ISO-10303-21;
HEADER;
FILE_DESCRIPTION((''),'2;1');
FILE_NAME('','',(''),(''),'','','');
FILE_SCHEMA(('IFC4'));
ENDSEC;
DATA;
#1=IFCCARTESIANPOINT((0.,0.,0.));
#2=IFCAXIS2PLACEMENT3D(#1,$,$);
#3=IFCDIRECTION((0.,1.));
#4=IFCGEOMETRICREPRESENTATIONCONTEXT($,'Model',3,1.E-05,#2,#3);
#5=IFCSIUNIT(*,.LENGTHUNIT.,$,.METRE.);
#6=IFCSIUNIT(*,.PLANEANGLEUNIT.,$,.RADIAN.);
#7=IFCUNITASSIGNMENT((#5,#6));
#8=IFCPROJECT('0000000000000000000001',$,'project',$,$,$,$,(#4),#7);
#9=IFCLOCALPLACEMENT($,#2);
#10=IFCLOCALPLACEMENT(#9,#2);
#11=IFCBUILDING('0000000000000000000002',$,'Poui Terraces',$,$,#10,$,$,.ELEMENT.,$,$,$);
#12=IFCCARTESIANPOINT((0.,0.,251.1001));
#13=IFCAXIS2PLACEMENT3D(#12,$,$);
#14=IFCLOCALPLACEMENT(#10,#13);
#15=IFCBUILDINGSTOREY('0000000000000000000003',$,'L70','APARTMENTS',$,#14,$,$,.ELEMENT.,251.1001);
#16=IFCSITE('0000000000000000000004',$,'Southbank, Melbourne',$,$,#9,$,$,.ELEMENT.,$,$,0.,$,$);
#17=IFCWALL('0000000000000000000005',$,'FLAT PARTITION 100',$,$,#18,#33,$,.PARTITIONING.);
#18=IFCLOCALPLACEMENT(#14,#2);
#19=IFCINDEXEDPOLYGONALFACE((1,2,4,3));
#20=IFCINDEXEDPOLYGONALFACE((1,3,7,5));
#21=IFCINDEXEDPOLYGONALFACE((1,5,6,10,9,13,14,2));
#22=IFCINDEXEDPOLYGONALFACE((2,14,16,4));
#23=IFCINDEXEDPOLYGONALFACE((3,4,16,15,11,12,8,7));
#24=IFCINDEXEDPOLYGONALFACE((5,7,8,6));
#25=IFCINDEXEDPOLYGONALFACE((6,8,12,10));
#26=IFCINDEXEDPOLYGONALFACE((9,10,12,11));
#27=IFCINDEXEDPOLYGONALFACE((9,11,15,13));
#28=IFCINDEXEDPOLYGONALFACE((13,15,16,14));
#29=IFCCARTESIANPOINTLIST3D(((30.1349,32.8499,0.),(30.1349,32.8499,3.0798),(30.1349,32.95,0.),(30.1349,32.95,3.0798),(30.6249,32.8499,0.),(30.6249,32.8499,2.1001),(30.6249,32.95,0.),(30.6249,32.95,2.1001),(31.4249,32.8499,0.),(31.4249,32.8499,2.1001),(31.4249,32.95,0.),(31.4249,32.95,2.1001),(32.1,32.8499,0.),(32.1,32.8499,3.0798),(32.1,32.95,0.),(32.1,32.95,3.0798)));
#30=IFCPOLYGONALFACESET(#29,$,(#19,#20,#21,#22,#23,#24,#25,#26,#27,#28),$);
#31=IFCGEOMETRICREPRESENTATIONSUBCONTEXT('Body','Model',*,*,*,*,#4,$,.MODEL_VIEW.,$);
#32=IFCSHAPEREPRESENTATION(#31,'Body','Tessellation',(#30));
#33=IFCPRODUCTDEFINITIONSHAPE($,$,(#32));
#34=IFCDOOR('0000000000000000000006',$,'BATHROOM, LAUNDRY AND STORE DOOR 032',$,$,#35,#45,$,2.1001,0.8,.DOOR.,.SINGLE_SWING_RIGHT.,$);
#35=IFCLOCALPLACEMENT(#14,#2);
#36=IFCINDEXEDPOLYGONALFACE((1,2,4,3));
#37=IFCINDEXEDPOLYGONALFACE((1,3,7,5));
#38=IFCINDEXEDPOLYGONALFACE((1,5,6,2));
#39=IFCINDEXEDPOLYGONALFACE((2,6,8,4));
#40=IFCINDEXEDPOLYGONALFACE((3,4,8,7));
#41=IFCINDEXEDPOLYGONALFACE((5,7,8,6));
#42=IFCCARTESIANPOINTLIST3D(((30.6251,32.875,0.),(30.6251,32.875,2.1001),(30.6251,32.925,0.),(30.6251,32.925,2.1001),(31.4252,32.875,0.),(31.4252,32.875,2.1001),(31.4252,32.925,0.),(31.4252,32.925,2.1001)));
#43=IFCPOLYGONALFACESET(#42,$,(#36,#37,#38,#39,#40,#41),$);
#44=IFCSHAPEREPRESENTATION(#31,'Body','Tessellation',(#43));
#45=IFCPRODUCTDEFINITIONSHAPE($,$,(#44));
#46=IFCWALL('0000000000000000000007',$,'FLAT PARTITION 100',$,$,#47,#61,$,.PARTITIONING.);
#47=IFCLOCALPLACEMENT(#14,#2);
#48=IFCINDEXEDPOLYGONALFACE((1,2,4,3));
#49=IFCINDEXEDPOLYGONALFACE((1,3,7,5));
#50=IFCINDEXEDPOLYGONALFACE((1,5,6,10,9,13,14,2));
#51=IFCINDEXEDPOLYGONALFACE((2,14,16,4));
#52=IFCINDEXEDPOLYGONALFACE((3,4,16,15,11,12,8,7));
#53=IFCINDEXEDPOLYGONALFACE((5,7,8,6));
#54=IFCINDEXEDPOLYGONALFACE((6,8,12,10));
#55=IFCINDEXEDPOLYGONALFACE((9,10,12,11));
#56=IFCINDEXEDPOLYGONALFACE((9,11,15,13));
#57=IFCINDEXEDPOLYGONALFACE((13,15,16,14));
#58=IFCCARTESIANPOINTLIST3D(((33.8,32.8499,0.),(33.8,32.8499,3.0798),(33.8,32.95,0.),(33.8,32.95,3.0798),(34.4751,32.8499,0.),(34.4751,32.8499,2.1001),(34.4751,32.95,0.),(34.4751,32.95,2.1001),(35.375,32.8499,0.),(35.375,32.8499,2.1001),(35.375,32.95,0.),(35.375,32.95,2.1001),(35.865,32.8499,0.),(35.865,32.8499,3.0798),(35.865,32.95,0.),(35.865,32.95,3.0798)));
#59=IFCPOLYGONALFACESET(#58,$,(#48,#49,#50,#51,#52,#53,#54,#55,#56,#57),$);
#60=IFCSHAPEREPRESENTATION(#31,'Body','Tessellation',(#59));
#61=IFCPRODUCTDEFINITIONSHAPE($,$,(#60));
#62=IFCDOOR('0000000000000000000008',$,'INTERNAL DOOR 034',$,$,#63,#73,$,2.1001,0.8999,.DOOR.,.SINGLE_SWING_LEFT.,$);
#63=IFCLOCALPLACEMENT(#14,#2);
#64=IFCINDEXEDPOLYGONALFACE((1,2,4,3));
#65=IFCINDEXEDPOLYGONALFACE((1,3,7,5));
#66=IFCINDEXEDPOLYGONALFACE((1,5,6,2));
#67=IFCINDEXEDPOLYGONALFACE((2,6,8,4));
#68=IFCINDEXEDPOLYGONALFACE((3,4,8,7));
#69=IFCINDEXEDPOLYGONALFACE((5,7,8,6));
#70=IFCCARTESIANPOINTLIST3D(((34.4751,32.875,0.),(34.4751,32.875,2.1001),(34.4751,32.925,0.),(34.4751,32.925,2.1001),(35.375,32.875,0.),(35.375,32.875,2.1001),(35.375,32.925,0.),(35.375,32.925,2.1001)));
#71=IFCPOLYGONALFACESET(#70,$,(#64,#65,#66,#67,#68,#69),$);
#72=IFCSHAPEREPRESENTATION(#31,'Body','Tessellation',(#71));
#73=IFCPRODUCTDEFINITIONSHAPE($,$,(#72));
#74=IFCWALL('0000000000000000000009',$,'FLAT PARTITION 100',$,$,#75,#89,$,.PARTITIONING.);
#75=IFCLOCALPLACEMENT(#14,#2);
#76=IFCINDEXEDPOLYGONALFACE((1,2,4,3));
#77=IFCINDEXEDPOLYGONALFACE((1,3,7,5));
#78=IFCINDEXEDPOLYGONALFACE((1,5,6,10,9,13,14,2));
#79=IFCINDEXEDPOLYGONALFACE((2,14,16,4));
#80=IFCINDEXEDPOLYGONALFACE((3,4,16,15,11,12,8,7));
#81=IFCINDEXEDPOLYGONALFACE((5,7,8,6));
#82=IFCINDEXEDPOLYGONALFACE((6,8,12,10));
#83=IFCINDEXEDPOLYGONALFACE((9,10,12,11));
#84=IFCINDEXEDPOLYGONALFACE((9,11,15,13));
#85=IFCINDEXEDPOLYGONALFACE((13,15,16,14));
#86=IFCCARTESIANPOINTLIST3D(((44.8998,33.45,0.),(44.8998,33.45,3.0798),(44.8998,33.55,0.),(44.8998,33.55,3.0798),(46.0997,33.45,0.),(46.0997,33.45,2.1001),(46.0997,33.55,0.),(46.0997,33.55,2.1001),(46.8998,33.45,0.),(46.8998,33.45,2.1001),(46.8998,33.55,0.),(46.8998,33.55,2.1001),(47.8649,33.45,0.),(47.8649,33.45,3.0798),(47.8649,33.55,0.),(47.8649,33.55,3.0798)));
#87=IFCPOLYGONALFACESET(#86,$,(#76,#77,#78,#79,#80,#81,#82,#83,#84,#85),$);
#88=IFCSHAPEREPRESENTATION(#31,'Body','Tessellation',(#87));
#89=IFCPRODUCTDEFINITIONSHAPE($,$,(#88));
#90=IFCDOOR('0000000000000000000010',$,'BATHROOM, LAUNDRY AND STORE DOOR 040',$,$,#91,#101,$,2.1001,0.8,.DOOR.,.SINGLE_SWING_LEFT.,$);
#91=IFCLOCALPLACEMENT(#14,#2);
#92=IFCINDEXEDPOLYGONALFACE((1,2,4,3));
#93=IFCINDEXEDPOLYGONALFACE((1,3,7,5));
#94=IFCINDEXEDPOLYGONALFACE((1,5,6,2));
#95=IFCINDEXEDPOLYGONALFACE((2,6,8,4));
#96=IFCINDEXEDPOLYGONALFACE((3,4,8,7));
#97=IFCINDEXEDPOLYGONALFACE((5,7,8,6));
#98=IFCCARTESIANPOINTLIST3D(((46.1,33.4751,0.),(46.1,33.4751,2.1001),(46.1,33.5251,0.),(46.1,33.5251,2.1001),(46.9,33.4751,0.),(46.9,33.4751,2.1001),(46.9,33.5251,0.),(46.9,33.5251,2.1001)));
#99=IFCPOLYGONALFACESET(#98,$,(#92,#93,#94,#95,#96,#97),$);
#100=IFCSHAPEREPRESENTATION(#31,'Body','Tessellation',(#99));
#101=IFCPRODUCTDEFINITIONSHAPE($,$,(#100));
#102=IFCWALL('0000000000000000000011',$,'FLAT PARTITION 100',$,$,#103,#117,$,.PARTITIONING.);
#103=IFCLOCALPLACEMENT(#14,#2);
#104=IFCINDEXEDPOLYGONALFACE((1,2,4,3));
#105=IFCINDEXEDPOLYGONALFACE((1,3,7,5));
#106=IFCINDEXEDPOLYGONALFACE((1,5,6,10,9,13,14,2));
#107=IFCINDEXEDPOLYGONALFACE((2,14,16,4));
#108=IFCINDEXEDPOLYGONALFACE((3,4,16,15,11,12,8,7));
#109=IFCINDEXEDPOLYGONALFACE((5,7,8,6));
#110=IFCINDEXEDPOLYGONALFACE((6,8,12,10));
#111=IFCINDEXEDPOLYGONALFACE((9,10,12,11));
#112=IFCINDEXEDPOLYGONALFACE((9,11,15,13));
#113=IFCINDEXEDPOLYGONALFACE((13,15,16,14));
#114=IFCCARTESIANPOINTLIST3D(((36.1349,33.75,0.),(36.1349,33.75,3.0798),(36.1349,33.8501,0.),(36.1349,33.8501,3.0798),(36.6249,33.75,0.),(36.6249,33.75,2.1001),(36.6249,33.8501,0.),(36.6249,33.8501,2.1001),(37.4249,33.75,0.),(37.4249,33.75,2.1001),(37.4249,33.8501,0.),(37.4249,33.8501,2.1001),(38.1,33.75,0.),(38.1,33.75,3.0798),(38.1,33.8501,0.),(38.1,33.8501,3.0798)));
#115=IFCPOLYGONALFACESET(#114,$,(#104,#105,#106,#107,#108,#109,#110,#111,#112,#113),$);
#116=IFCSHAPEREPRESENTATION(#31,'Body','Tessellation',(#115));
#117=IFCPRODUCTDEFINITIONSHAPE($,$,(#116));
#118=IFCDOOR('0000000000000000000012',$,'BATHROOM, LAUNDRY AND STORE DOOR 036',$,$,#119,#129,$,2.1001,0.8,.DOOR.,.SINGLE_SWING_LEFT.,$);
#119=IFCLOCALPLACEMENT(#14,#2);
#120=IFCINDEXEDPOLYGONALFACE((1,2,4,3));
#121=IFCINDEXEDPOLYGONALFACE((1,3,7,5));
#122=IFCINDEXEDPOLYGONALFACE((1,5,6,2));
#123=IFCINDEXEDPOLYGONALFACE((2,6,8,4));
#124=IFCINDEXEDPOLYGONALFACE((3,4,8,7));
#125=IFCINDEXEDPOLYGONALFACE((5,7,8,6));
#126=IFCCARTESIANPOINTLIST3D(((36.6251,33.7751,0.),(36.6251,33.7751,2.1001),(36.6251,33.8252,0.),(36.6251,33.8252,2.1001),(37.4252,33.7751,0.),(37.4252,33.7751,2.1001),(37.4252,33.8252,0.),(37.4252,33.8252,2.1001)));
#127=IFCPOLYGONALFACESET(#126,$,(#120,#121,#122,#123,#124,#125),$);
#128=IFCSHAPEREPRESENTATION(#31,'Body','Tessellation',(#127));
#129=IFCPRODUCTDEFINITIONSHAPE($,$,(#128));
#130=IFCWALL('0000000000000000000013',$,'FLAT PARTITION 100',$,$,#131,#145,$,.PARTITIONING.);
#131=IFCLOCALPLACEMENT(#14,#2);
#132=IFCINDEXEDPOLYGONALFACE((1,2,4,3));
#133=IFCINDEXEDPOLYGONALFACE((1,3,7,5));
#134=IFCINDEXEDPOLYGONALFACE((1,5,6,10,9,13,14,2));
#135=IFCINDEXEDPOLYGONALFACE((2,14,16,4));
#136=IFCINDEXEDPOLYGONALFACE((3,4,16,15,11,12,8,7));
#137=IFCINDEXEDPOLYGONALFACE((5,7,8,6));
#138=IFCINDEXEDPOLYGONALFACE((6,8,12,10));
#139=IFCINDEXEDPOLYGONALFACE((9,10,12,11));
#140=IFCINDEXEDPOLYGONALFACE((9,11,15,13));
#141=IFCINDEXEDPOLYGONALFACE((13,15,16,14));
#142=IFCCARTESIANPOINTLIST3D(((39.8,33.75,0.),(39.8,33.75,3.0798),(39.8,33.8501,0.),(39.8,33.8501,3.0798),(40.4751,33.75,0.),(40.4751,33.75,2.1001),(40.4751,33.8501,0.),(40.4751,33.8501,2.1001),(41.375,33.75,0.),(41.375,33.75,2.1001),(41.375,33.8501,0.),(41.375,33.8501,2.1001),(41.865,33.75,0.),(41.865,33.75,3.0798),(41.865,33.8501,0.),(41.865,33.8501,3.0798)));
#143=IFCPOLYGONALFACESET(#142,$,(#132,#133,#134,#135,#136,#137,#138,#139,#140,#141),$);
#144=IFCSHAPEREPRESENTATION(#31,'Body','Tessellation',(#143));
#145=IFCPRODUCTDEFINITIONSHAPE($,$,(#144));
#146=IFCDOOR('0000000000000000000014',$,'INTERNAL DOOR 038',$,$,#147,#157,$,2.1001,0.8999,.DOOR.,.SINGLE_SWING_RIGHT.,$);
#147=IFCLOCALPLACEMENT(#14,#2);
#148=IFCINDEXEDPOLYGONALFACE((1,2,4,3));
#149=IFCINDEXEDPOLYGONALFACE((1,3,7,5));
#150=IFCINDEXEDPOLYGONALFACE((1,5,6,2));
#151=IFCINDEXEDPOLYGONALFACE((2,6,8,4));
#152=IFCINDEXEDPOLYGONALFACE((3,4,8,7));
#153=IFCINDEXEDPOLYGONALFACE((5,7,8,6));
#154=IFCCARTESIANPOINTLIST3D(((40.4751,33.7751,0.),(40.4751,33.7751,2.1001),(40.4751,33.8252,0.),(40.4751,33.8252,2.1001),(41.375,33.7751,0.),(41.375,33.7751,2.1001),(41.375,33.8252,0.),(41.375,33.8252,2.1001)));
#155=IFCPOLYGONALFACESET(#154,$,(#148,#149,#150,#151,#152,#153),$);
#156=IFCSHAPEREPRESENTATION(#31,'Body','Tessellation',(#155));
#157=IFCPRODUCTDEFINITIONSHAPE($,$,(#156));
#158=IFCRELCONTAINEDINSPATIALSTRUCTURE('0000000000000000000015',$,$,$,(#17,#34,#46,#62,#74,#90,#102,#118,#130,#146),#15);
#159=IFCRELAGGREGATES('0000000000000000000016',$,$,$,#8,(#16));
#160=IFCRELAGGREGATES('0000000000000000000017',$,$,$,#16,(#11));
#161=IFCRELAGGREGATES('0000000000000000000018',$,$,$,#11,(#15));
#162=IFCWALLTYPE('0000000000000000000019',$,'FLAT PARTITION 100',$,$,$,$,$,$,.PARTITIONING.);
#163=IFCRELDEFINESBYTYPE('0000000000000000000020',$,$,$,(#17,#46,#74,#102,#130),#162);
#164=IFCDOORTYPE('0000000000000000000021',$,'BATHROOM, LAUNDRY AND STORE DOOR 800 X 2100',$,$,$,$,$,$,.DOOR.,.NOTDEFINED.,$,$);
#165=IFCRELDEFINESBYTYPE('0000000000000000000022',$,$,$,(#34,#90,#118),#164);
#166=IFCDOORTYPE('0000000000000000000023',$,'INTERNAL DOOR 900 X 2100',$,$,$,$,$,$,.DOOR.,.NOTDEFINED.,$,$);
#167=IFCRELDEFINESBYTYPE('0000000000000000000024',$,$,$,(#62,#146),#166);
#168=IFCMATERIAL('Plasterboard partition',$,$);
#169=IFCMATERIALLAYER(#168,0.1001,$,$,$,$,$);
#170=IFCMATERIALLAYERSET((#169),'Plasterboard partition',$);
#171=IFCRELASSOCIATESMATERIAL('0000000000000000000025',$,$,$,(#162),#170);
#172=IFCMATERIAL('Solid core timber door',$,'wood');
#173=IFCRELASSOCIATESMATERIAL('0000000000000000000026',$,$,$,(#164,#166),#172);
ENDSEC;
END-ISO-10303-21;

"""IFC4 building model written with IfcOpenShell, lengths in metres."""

from ifc_helpers import new_model, si_unit, direction, frame, frame_2d, origin, place, context, subcontext, project, spatial, rectangle, extrude, material, layer, layer_set, type_object, element, fill, save


model = new_model("IFC4")

# Units and contexts
model_context = context("Model", 3, precision=1e-05, world=origin(), true_north=direction((0.0, 1.0)))
body_context = subcontext(model_context, "Body", "Model", "MODEL_VIEW")
ifc_project = project(units=[si_unit("LENGTHUNIT", "METRE"), si_unit("PLANEANGLEUNIT", "RADIAN")], contexts=[model_context])

# Site, building, storey
site_placement = place(None, origin())
site = spatial("IfcSite", under=ifc_project, at=site_placement, Name="Southbank, Melbourne", CompositionType="ELEMENT", RefElevation=0.0)
building_placement = place(site_placement, origin())
building = spatial("IfcBuilding", under=site, at=building_placement, Name="Poui Terraces", CompositionType="ELEMENT")
storey_placement = place(building_placement, frame((0.0, 0.0, 251.1001)))
storey = spatial("IfcBuildingStorey", under=building, at=storey_placement, Name="L70", Description="APARTMENTS", CompositionType="ELEMENT", Elevation=251.1001)

# Walls, openings, doors
ifc_material_1 = material(Name="Plasterboard partition")
ifc_layer_1 = layer(ifc_material_1, 0.1001)
ifc_layer_set_1 = layer_set([ifc_layer_1], Name="Plasterboard partition")
wall_type_1 = type_object("IfcWallType", Name="FLAT PARTITION 100", PredefinedType="PARTITIONING", material=ifc_layer_set_1)
wall_1_placement = place(storey_placement, frame((30.135, 32.8999, 0.0), z_axis=(0.0, 0.0, 1.0), x_axis=(1.0, 0.0, 0.0)))
wall_1 = element("IfcWall", 1, at=wall_1_placement, inside=storey, type_object=wall_type_1, Name="FLAT PARTITION 100", PredefinedType="PARTITIONING", context=body_context, shape_type="SweptSolid", body=[
    extrude(rectangle(XDim=1.9651, YDim=0.1001, at=frame_2d((0.9824, 0.0))), origin(), (0.0, 0.0, 1.0), 3.0798),
])
opening_1_placement = place(wall_1_placement, frame((0.49, 0.0, 0.0)))
opening_1 = element("IfcOpeningElement", 2, at=opening_1_placement, cuts=wall_1, PredefinedType="OPENING", context=body_context, shape_type="SweptSolid", body=[
    extrude(rectangle(XDim=0.8, YDim=2.1001, at=frame_2d((0.3999, 1.05))), frame((0.0, 0.0601, 0.0), z_axis=(0.0, -1.0, 0.0), x_axis=(1.0, 0.0, 0.0)), (0.0, 0.0, 1.0), 0.1201),
])
ifc_material_2 = material(Name="Solid core timber door", Category="wood")
door_type_1 = type_object("IfcDoorType", Name="BATHROOM, LAUNDRY AND STORE DOOR 800 X 2100", OperationType="NOTDEFINED", PredefinedType="DOOR", material=ifc_material_2)
door_1_placement = place(opening_1_placement, frame((0.8, 0.0, 0.0), z_axis=(0.0, 0.0, 1.0), x_axis=(-1.0, 0.0, 0.0)))
door_1 = element("IfcDoor", 3, at=door_1_placement, inside=storey, type_object=door_type_1, Name="BATHROOM, LAUNDRY AND STORE DOOR 032", OperationType="SINGLE_SWING_RIGHT", OverallHeight=2.1001, OverallWidth=0.8, PredefinedType="DOOR", context=body_context, shape_type="SweptSolid", body=[
    extrude(rectangle(XDim=0.8, YDim=2.1001, at=frame_2d((0.3999, 1.05))), frame((0.0, 0.0249, 0.0), z_axis=(0.0, -1.0, 0.0), x_axis=(1.0, 0.0, 0.0)), (0.0, 0.0, 1.0), 0.05),
])
fill(opening_1, door_1)
wall_2_placement = place(storey_placement, frame((33.8, 32.8999, 0.0), z_axis=(0.0, 0.0, 1.0), x_axis=(1.0, 0.0, 0.0)))
wall_2 = element("IfcWall", 4, at=wall_2_placement, inside=storey, type_object=wall_type_1, Name="FLAT PARTITION 100", PredefinedType="PARTITIONING", context=body_context, shape_type="SweptSolid", body=[
    extrude(rectangle(XDim=2.0649, YDim=0.1001, at=frame_2d((1.0325, 0.0))), origin(), (0.0, 0.0, 1.0), 3.0798),
])
opening_2_placement = place(wall_2_placement, frame((0.675, 0.0, 0.0)))
opening_2 = element("IfcOpeningElement", 5, at=opening_2_placement, cuts=wall_2, PredefinedType="OPENING", context=body_context, shape_type="SweptSolid", body=[
    extrude(rectangle(XDim=0.8999, YDim=2.1001, at=frame_2d((0.45, 1.05))), frame((0.0, 0.0601, 0.0), z_axis=(0.0, -1.0, 0.0), x_axis=(1.0, 0.0, 0.0)), (0.0, 0.0, 1.0), 0.1201),
])
door_type_2 = type_object("IfcDoorType", Name="INTERNAL DOOR 900 X 2100", OperationType="NOTDEFINED", PredefinedType="DOOR", material=ifc_material_2)
door_2_placement = place(opening_2_placement, frame((0.8999, 0.0, 0.0), z_axis=(0.0, 0.0, 1.0), x_axis=(-1.0, 0.0, 0.0)))
door_2 = element("IfcDoor", 6, at=door_2_placement, inside=storey, type_object=door_type_2, Name="INTERNAL DOOR 034", OperationType="SINGLE_SWING_LEFT", OverallHeight=2.1001, OverallWidth=0.8999, PredefinedType="DOOR", context=body_context, shape_type="SweptSolid", body=[
    extrude(rectangle(XDim=0.8999, YDim=2.1001, at=frame_2d((0.45, 1.05))), frame((0.0, 0.0249, 0.0), z_axis=(0.0, -1.0, 0.0), x_axis=(1.0, 0.0, 0.0)), (0.0, 0.0, 1.0), 0.05),
])
fill(opening_2, door_2)
wall_3_placement = place(storey_placement, frame((44.8999, 33.5, 0.0), z_axis=(0.0, 0.0, 1.0), x_axis=(1.0, 0.0, 0.0)))
wall_3 = element("IfcWall", 7, at=wall_3_placement, inside=storey, type_object=wall_type_1, Name="FLAT PARTITION 100", PredefinedType="PARTITIONING", context=body_context, shape_type="SweptSolid", body=[
    extrude(rectangle(XDim=2.9651, YDim=0.1001, at=frame_2d((1.4824, 0.0))), origin(), (0.0, 0.0, 1.0), 3.0798),
])
opening_3_placement = place(wall_3_placement, frame((1.2, 0.0, 0.0)))
opening_3 = element("IfcOpeningElement", 8, at=opening_3_placement, cuts=wall_3, PredefinedType="OPENING", context=body_context, shape_type="SweptSolid", body=[
    extrude(rectangle(XDim=0.8, YDim=2.1001, at=frame_2d((0.3999, 1.05))), frame((0.0, 0.0601, 0.0), z_axis=(0.0, -1.0, 0.0), x_axis=(1.0, 0.0, 0.0)), (0.0, 0.0, 1.0), 0.1201),
])
door_3_placement = place(opening_3_placement, frame((0.8, 0.0, 0.0), z_axis=(0.0, 0.0, 1.0), x_axis=(-1.0, 0.0, 0.0)))
door_3 = element("IfcDoor", 9, at=door_3_placement, inside=storey, type_object=door_type_1, Name="BATHROOM, LAUNDRY AND STORE DOOR 040", OperationType="SINGLE_SWING_LEFT", OverallHeight=2.1001, OverallWidth=0.8, PredefinedType="DOOR", context=body_context, shape_type="SweptSolid", body=[
    extrude(rectangle(XDim=0.8, YDim=2.1001, at=frame_2d((0.3999, 1.05))), frame((0.0, 0.0249, 0.0), z_axis=(0.0, -1.0, 0.0), x_axis=(1.0, 0.0, 0.0)), (0.0, 0.0, 1.0), 0.05),
])
fill(opening_3, door_3)
wall_4_placement = place(storey_placement, frame((36.135, 33.8, 0.0), z_axis=(0.0, 0.0, 1.0), x_axis=(1.0, 0.0, 0.0)))
wall_4 = element("IfcWall", 10, at=wall_4_placement, inside=storey, type_object=wall_type_1, Name="FLAT PARTITION 100", PredefinedType="PARTITIONING", context=body_context, shape_type="SweptSolid", body=[
    extrude(rectangle(XDim=1.9651, YDim=0.1001, at=frame_2d((0.9824, 0.0))), origin(), (0.0, 0.0, 1.0), 3.0798),
])
opening_4_placement = place(wall_4_placement, frame((0.49, 0.0, 0.0)))
opening_4 = element("IfcOpeningElement", 11, at=opening_4_placement, cuts=wall_4, PredefinedType="OPENING", context=body_context, shape_type="SweptSolid", body=[
    extrude(rectangle(XDim=0.8, YDim=2.1001, at=frame_2d((0.3999, 1.05))), frame((0.0, 0.0601, 0.0), z_axis=(0.0, -1.0, 0.0), x_axis=(1.0, 0.0, 0.0)), (0.0, 0.0, 1.0), 0.1201),
])
door_4_placement = place(opening_4_placement, frame((0.8, 0.0, 0.0), z_axis=(0.0, 0.0, 1.0), x_axis=(-1.0, 0.0, 0.0)))
door_4 = element("IfcDoor", 12, at=door_4_placement, inside=storey, type_object=door_type_1, Name="BATHROOM, LAUNDRY AND STORE DOOR 036", OperationType="SINGLE_SWING_LEFT", OverallHeight=2.1001, OverallWidth=0.8, PredefinedType="DOOR", context=body_context, shape_type="SweptSolid", body=[
    extrude(rectangle(XDim=0.8, YDim=2.1001, at=frame_2d((0.3999, 1.05))), frame((0.0, 0.0249, 0.0), z_axis=(0.0, -1.0, 0.0), x_axis=(1.0, 0.0, 0.0)), (0.0, 0.0, 1.0), 0.05),
])
fill(opening_4, door_4)
wall_5_placement = place(storey_placement, frame((39.8, 33.8, 0.0), z_axis=(0.0, 0.0, 1.0), x_axis=(1.0, 0.0, 0.0)))
wall_5 = element("IfcWall", 13, at=wall_5_placement, inside=storey, type_object=wall_type_1, Name="FLAT PARTITION 100", PredefinedType="PARTITIONING", context=body_context, shape_type="SweptSolid", body=[
    extrude(rectangle(XDim=2.0649, YDim=0.1001, at=frame_2d((1.0325, 0.0))), origin(), (0.0, 0.0, 1.0), 3.0798),
])
opening_5_placement = place(wall_5_placement, frame((0.675, 0.0, 0.0)))
opening_5 = element("IfcOpeningElement", 14, at=opening_5_placement, cuts=wall_5, PredefinedType="OPENING", context=body_context, shape_type="SweptSolid", body=[
    extrude(rectangle(XDim=0.8999, YDim=2.1001, at=frame_2d((0.45, 1.05))), frame((0.0, 0.0601, 0.0), z_axis=(0.0, -1.0, 0.0), x_axis=(1.0, 0.0, 0.0)), (0.0, 0.0, 1.0), 0.1201),
])
door_5_placement = place(opening_5_placement, frame((0.8999, 0.0, 0.0), z_axis=(0.0, 0.0, 1.0), x_axis=(-1.0, 0.0, 0.0)))
door_5 = element("IfcDoor", 15, at=door_5_placement, inside=storey, type_object=door_type_2, Name="INTERNAL DOOR 038", OperationType="SINGLE_SWING_RIGHT", OverallHeight=2.1001, OverallWidth=0.8999, PredefinedType="DOOR", context=body_context, shape_type="SweptSolid", body=[
    extrude(rectangle(XDim=0.8999, YDim=2.1001, at=frame_2d((0.45, 1.05))), frame((0.0, 0.0249, 0.0), z_axis=(0.0, -1.0, 0.0), x_axis=(1.0, 0.0, 0.0)), (0.0, 0.0, 1.0), 0.05),
])
fill(opening_5, door_5)

save(model, "model.ifc")
